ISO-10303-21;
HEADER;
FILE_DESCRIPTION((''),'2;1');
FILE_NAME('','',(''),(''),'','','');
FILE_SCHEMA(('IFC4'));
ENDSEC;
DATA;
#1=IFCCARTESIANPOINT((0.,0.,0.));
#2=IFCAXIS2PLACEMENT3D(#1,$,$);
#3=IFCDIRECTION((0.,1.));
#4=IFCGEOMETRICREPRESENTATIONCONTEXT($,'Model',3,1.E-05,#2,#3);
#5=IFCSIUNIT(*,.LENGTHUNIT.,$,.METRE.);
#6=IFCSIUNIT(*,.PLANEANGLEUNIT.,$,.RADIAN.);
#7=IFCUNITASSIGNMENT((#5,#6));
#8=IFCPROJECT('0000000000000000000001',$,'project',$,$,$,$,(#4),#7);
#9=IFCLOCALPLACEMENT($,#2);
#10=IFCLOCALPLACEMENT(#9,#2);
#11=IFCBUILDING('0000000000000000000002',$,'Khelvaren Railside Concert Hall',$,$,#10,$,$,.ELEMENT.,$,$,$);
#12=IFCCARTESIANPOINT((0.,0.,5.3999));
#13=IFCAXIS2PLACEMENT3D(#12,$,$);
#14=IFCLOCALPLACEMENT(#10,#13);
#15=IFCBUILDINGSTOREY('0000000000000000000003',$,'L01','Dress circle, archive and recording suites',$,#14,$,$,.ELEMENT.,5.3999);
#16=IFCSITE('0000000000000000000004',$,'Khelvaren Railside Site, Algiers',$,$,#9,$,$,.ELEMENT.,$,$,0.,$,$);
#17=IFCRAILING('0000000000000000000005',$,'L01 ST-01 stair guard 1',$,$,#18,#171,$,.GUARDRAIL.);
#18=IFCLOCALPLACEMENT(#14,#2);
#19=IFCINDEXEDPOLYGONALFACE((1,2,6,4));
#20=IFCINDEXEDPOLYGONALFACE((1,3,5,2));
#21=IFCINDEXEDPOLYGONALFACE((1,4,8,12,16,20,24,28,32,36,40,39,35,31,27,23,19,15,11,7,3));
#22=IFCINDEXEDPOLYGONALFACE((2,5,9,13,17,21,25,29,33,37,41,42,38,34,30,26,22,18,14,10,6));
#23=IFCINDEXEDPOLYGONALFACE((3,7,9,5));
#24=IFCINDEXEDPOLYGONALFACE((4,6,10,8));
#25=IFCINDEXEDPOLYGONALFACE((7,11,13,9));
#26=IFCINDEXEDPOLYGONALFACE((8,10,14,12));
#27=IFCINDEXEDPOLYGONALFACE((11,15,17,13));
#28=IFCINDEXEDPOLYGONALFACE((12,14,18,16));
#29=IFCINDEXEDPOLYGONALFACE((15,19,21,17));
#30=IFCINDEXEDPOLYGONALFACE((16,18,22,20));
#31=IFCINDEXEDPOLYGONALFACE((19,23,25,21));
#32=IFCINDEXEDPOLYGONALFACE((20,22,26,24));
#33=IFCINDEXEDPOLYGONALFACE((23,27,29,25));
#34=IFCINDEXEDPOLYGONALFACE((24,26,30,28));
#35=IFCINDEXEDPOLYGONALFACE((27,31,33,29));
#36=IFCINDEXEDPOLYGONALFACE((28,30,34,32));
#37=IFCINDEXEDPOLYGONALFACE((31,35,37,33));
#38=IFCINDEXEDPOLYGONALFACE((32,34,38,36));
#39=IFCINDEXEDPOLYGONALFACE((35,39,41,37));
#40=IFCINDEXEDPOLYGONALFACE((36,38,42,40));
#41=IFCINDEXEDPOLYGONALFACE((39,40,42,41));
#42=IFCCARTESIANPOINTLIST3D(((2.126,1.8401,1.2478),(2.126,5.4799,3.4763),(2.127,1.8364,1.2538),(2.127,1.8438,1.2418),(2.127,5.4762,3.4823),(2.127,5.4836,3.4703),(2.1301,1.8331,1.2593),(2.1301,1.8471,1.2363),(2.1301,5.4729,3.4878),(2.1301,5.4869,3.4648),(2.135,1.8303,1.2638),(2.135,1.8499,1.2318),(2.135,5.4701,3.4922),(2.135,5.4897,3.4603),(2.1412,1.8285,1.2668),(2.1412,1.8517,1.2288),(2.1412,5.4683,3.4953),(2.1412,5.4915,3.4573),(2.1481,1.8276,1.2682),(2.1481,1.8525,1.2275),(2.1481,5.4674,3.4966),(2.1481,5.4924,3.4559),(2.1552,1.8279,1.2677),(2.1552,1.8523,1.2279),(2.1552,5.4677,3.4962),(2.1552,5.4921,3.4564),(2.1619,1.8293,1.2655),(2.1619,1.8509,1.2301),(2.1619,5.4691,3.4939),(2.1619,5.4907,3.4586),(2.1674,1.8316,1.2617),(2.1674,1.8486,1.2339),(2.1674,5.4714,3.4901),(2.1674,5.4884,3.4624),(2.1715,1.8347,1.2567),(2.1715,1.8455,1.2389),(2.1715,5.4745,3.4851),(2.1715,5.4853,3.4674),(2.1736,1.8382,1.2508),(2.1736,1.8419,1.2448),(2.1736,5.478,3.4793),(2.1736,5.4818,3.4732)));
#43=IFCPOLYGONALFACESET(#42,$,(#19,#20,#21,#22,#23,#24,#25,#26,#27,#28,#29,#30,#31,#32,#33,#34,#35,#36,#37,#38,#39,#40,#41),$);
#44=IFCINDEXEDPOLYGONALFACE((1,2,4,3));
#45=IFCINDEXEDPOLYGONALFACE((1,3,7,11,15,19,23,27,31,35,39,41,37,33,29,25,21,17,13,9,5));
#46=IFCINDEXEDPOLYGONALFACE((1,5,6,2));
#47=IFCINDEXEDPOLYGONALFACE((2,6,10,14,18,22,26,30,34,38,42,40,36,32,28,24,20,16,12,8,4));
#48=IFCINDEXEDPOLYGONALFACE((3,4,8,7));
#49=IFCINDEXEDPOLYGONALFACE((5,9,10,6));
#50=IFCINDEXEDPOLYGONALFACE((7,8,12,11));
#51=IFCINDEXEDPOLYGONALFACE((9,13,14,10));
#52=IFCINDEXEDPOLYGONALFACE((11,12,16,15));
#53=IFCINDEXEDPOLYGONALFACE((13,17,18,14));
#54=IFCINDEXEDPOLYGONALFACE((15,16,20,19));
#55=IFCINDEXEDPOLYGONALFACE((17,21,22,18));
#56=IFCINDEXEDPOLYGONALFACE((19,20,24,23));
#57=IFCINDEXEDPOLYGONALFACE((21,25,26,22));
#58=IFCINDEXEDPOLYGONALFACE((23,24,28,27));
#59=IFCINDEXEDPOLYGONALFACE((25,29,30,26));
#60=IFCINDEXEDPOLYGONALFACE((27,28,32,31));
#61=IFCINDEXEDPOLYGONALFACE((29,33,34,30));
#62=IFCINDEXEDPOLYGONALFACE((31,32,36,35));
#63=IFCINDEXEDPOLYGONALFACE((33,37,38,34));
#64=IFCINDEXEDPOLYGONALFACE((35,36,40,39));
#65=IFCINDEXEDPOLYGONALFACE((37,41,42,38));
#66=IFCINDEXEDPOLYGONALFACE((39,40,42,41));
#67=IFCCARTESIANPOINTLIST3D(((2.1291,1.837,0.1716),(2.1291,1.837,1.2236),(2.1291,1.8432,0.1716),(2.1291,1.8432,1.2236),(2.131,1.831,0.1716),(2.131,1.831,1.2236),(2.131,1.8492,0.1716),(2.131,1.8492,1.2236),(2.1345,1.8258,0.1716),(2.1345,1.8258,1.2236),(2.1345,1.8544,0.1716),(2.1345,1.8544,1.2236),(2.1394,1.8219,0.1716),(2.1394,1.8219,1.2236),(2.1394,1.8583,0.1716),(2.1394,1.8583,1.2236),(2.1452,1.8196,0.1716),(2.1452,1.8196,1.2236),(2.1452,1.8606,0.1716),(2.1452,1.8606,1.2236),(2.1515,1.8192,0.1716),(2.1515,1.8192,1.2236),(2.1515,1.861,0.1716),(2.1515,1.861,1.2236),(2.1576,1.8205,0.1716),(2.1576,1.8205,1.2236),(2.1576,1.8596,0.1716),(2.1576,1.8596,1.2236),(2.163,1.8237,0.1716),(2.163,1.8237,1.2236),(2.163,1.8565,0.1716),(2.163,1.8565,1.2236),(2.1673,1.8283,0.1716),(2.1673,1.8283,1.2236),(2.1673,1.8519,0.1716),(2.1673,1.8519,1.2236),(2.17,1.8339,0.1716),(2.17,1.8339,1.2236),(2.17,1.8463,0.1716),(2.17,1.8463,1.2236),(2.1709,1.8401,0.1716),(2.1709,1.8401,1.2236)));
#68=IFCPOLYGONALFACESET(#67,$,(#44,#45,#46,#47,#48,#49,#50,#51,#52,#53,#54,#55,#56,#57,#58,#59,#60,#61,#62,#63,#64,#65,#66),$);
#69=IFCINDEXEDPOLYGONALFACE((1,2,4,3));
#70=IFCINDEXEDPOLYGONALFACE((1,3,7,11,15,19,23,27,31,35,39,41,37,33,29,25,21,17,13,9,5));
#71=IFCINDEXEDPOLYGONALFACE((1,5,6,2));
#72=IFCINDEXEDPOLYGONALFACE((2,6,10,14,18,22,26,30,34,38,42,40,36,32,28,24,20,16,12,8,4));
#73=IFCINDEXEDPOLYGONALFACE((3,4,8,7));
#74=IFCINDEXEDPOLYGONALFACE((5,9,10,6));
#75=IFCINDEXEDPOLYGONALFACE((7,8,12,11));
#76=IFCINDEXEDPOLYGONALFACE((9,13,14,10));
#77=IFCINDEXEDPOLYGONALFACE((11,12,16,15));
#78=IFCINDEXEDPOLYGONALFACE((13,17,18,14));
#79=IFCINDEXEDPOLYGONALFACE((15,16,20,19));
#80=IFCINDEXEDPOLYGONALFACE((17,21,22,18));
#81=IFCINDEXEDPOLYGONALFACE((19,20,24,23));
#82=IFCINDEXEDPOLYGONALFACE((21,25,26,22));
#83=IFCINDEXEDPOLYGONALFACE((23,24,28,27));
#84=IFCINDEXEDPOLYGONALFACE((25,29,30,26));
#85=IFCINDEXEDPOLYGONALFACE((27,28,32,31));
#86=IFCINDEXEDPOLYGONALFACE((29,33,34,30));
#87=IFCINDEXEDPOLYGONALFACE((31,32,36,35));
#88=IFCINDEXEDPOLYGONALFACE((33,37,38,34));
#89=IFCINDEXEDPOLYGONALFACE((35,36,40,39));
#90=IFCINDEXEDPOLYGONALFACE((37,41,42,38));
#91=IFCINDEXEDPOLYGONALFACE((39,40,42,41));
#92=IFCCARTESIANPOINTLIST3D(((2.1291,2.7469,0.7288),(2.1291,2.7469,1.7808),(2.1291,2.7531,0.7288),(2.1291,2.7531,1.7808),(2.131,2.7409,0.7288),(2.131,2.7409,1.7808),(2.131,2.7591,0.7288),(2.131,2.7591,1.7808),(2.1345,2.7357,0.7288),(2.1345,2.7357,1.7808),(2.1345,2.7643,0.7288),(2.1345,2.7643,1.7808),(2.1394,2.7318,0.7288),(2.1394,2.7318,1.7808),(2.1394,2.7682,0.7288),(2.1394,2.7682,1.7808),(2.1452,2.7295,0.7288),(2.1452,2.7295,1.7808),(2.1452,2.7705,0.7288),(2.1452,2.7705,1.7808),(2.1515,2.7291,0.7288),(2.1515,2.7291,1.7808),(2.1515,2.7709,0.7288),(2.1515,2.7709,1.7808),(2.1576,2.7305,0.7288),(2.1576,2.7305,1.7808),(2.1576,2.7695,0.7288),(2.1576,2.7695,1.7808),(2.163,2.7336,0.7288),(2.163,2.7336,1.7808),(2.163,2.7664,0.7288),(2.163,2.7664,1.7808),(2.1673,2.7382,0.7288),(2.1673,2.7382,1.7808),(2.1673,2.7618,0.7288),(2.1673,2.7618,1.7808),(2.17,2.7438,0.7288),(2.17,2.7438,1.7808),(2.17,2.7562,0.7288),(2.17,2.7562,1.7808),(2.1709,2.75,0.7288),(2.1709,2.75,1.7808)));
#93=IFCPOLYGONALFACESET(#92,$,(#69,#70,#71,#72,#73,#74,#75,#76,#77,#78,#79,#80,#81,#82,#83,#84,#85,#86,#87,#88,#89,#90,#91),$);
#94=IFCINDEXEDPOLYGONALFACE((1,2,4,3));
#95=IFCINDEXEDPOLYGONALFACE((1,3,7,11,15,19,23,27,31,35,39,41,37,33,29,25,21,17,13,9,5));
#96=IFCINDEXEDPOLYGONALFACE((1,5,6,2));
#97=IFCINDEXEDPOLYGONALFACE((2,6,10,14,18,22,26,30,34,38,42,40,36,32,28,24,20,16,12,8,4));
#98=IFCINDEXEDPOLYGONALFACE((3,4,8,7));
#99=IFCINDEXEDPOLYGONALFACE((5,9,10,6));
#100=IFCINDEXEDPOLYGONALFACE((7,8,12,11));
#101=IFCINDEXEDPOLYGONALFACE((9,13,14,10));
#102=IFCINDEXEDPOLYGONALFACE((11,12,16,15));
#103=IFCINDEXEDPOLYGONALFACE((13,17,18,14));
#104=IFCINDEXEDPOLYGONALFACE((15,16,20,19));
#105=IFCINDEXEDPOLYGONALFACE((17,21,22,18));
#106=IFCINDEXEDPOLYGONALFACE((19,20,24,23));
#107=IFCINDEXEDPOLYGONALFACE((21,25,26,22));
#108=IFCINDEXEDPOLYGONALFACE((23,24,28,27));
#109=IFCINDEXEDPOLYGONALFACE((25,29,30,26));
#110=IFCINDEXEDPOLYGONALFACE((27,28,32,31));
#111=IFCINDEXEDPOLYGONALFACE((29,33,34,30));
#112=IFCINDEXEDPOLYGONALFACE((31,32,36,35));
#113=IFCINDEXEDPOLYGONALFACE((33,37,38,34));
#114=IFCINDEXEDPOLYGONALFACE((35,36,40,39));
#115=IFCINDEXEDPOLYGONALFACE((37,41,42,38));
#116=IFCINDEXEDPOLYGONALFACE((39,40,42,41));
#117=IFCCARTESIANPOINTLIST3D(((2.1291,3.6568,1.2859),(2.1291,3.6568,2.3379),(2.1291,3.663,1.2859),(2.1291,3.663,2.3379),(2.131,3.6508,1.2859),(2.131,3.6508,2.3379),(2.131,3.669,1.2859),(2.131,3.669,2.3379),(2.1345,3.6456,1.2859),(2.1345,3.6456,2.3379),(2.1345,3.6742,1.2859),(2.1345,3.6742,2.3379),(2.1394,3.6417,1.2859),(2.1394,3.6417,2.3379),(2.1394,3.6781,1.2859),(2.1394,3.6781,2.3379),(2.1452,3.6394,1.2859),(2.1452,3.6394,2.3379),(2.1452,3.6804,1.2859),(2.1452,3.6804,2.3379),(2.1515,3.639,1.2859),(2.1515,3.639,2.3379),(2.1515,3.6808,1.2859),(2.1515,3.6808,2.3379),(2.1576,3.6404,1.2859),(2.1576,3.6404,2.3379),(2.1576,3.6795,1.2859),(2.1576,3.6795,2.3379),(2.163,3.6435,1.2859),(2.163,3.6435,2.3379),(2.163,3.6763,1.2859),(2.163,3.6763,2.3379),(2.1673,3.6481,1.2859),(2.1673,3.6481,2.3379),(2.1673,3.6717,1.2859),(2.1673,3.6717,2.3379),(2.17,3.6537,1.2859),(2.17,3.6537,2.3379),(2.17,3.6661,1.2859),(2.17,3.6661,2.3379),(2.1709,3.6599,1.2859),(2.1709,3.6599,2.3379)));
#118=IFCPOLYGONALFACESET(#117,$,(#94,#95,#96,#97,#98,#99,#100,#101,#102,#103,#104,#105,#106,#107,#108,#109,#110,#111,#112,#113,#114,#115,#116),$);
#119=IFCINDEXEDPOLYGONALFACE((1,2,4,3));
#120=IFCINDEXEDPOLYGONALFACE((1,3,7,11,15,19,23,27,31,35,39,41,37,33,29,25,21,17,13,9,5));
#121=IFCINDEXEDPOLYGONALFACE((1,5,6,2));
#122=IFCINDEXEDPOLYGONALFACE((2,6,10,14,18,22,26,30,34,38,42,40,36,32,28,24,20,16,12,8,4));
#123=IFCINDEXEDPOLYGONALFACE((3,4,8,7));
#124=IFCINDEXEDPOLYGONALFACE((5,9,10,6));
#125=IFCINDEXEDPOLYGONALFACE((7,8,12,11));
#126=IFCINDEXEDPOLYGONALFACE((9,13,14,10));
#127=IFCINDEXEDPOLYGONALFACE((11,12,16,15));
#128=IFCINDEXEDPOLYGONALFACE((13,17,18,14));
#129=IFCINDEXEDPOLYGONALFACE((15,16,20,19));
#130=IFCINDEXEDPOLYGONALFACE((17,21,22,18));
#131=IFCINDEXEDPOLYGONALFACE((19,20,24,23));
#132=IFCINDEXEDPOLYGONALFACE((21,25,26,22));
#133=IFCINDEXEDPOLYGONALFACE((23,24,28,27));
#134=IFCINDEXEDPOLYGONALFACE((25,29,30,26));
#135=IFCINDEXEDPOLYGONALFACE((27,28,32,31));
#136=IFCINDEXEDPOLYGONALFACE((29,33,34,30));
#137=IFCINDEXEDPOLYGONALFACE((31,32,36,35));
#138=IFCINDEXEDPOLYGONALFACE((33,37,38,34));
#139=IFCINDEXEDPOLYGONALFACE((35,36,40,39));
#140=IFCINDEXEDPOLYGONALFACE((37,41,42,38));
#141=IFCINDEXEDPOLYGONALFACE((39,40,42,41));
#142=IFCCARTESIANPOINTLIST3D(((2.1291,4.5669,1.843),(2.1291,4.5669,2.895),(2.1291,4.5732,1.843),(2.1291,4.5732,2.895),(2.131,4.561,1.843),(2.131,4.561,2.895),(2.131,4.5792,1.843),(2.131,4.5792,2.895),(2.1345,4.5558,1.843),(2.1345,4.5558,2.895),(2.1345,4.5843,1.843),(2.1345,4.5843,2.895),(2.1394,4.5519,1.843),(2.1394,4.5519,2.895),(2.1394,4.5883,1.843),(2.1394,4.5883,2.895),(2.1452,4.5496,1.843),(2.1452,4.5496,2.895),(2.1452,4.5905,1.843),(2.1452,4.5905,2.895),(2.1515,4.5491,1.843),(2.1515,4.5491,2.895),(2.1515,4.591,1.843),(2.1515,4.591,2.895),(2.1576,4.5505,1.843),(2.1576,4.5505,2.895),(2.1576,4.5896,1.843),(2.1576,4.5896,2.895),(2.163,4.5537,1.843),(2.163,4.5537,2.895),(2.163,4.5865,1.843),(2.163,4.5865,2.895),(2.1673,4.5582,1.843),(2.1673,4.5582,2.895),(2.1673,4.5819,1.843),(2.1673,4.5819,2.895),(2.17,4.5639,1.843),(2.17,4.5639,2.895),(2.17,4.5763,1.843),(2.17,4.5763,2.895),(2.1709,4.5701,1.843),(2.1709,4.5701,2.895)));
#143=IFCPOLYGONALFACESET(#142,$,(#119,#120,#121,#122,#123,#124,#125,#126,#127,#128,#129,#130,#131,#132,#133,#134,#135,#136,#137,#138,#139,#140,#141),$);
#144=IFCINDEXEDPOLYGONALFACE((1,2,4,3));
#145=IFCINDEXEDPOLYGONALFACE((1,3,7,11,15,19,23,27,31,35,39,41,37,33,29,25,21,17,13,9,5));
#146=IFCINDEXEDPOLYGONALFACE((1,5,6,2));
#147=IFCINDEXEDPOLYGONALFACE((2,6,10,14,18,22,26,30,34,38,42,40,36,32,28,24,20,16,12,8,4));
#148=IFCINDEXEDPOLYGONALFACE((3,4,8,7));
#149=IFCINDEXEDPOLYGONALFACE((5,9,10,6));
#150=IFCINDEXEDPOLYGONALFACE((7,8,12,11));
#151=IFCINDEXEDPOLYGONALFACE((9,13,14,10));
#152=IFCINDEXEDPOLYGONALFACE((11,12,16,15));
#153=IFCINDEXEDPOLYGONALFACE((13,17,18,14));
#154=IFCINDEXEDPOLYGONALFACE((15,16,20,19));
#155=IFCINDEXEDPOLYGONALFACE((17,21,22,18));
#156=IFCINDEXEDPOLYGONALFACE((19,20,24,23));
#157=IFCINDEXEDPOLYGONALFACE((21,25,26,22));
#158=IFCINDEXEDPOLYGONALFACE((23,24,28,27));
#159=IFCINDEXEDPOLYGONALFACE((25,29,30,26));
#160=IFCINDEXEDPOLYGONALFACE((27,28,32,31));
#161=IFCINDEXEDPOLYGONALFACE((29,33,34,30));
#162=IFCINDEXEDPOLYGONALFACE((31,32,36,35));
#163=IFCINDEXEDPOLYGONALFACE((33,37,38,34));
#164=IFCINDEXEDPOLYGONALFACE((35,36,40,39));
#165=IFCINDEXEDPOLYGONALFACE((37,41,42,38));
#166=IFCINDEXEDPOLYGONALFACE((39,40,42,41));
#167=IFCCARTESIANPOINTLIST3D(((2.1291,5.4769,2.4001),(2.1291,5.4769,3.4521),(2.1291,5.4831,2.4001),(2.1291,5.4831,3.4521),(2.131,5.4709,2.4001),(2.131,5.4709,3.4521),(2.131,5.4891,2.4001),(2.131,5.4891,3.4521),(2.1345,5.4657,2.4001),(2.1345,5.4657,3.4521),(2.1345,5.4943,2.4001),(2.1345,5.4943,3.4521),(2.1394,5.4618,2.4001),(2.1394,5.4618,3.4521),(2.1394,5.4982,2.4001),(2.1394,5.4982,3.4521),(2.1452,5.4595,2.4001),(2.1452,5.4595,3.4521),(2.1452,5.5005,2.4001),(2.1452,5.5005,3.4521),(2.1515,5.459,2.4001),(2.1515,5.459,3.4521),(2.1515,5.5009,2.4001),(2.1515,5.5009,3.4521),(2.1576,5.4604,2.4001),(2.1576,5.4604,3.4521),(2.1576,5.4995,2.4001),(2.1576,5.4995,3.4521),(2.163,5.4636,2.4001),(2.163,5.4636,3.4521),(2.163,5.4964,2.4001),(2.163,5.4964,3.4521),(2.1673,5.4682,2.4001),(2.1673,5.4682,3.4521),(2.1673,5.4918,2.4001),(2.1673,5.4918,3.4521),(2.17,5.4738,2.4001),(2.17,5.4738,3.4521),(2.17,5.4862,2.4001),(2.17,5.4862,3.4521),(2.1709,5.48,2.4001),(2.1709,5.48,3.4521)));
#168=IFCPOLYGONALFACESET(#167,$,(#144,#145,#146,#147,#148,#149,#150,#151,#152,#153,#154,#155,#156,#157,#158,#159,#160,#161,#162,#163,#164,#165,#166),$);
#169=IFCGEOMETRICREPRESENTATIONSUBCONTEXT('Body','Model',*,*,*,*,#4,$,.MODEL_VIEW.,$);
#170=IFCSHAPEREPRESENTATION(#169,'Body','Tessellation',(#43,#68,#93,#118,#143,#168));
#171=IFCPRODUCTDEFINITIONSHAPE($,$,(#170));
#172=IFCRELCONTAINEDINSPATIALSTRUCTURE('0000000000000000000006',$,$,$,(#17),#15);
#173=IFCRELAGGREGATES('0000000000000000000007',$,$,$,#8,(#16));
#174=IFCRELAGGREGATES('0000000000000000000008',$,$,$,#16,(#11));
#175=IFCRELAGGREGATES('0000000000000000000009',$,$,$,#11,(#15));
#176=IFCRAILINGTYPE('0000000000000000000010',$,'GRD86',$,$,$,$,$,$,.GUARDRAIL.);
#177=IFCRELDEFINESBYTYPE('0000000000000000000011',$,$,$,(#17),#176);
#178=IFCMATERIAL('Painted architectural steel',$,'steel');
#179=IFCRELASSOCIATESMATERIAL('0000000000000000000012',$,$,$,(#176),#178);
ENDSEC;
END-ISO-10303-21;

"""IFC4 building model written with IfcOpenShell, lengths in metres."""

from ifc_helpers import new_model, si_unit, direction, frame, origin, origin_2d, place, context, subcontext, project, spatial, circle, extrude, material, type_object, element, save


model = new_model("IFC4")

# Units and contexts
model_context = context("Model", 3, precision=1e-05, world=origin(), true_north=direction((0.0, 1.0)))
body_context = subcontext(model_context, "Body", "Model", "MODEL_VIEW")
ifc_project = project(units=[si_unit("LENGTHUNIT", "METRE"), si_unit("PLANEANGLEUNIT", "RADIAN")], contexts=[model_context])

# Site, building, storey
site_placement = place(None, origin())
site = spatial("IfcSite", under=ifc_project, at=site_placement, Name="Khelvaren Railside Site, Algiers", CompositionType="ELEMENT", RefElevation=0.0)
building_placement = place(site_placement, origin())
building = spatial("IfcBuilding", under=site, at=building_placement, Name="Khelvaren Railside Concert Hall", CompositionType="ELEMENT")
storey_placement = place(building_placement, frame((0.0, 0.0, 5.3999)))
storey = spatial("IfcBuildingStorey", under=building, at=storey_placement, Name="L01", Description="Dress circle, archive and recording suites", CompositionType="ELEMENT", Elevation=5.3999)

# Railing
ifc_material_1 = material(Name="Painted architectural steel", Category="steel")
railing_type_1 = type_object("IfcRailingType", Name="GRD86", PredefinedType="GUARDRAIL", material=ifc_material_1)
railing_1_placement = place(storey_placement, frame((2.1499, 1.8401, 0.1716)))
element("IfcRailing", 1, at=railing_1_placement, inside=storey, type_object=railing_type_1, Name="L01 ST-01 stair guard 1", PredefinedType="GUARDRAIL", context=body_context, shape_type="SweptSolid", body=[
    extrude(circle(Radius=0.0239, at=origin_2d()), frame((0.0, 0.0, 1.0762), z_axis=(0.0, 0.85285, 0.522156), x_axis=(-1.0, 0.0, 0.0)), (0.0, 0.0, 1.0), 4.2678),
    extrude(circle(Radius=0.021, at=origin_2d()), origin(), (0.0, 0.0, 1.0), 1.052),
    extrude(circle(Radius=0.021, at=origin_2d()), frame((0.0, 0.9099, 0.5571)), (0.0, 0.0, 1.0), 1.052),
    extrude(circle(Radius=0.021, at=origin_2d()), frame((0.0, 1.8198, 1.1143)), (0.0, 0.0, 1.0), 1.052),
    extrude(circle(Radius=0.021, at=origin_2d()), frame((0.0, 2.73, 1.6714)), (0.0, 0.0, 1.0), 1.052),
    extrude(circle(Radius=0.021, at=origin_2d()), frame((0.0, 3.6399, 2.2285)), (0.0, 0.0, 1.0), 1.052),
])

save(model, "model.ifc")
